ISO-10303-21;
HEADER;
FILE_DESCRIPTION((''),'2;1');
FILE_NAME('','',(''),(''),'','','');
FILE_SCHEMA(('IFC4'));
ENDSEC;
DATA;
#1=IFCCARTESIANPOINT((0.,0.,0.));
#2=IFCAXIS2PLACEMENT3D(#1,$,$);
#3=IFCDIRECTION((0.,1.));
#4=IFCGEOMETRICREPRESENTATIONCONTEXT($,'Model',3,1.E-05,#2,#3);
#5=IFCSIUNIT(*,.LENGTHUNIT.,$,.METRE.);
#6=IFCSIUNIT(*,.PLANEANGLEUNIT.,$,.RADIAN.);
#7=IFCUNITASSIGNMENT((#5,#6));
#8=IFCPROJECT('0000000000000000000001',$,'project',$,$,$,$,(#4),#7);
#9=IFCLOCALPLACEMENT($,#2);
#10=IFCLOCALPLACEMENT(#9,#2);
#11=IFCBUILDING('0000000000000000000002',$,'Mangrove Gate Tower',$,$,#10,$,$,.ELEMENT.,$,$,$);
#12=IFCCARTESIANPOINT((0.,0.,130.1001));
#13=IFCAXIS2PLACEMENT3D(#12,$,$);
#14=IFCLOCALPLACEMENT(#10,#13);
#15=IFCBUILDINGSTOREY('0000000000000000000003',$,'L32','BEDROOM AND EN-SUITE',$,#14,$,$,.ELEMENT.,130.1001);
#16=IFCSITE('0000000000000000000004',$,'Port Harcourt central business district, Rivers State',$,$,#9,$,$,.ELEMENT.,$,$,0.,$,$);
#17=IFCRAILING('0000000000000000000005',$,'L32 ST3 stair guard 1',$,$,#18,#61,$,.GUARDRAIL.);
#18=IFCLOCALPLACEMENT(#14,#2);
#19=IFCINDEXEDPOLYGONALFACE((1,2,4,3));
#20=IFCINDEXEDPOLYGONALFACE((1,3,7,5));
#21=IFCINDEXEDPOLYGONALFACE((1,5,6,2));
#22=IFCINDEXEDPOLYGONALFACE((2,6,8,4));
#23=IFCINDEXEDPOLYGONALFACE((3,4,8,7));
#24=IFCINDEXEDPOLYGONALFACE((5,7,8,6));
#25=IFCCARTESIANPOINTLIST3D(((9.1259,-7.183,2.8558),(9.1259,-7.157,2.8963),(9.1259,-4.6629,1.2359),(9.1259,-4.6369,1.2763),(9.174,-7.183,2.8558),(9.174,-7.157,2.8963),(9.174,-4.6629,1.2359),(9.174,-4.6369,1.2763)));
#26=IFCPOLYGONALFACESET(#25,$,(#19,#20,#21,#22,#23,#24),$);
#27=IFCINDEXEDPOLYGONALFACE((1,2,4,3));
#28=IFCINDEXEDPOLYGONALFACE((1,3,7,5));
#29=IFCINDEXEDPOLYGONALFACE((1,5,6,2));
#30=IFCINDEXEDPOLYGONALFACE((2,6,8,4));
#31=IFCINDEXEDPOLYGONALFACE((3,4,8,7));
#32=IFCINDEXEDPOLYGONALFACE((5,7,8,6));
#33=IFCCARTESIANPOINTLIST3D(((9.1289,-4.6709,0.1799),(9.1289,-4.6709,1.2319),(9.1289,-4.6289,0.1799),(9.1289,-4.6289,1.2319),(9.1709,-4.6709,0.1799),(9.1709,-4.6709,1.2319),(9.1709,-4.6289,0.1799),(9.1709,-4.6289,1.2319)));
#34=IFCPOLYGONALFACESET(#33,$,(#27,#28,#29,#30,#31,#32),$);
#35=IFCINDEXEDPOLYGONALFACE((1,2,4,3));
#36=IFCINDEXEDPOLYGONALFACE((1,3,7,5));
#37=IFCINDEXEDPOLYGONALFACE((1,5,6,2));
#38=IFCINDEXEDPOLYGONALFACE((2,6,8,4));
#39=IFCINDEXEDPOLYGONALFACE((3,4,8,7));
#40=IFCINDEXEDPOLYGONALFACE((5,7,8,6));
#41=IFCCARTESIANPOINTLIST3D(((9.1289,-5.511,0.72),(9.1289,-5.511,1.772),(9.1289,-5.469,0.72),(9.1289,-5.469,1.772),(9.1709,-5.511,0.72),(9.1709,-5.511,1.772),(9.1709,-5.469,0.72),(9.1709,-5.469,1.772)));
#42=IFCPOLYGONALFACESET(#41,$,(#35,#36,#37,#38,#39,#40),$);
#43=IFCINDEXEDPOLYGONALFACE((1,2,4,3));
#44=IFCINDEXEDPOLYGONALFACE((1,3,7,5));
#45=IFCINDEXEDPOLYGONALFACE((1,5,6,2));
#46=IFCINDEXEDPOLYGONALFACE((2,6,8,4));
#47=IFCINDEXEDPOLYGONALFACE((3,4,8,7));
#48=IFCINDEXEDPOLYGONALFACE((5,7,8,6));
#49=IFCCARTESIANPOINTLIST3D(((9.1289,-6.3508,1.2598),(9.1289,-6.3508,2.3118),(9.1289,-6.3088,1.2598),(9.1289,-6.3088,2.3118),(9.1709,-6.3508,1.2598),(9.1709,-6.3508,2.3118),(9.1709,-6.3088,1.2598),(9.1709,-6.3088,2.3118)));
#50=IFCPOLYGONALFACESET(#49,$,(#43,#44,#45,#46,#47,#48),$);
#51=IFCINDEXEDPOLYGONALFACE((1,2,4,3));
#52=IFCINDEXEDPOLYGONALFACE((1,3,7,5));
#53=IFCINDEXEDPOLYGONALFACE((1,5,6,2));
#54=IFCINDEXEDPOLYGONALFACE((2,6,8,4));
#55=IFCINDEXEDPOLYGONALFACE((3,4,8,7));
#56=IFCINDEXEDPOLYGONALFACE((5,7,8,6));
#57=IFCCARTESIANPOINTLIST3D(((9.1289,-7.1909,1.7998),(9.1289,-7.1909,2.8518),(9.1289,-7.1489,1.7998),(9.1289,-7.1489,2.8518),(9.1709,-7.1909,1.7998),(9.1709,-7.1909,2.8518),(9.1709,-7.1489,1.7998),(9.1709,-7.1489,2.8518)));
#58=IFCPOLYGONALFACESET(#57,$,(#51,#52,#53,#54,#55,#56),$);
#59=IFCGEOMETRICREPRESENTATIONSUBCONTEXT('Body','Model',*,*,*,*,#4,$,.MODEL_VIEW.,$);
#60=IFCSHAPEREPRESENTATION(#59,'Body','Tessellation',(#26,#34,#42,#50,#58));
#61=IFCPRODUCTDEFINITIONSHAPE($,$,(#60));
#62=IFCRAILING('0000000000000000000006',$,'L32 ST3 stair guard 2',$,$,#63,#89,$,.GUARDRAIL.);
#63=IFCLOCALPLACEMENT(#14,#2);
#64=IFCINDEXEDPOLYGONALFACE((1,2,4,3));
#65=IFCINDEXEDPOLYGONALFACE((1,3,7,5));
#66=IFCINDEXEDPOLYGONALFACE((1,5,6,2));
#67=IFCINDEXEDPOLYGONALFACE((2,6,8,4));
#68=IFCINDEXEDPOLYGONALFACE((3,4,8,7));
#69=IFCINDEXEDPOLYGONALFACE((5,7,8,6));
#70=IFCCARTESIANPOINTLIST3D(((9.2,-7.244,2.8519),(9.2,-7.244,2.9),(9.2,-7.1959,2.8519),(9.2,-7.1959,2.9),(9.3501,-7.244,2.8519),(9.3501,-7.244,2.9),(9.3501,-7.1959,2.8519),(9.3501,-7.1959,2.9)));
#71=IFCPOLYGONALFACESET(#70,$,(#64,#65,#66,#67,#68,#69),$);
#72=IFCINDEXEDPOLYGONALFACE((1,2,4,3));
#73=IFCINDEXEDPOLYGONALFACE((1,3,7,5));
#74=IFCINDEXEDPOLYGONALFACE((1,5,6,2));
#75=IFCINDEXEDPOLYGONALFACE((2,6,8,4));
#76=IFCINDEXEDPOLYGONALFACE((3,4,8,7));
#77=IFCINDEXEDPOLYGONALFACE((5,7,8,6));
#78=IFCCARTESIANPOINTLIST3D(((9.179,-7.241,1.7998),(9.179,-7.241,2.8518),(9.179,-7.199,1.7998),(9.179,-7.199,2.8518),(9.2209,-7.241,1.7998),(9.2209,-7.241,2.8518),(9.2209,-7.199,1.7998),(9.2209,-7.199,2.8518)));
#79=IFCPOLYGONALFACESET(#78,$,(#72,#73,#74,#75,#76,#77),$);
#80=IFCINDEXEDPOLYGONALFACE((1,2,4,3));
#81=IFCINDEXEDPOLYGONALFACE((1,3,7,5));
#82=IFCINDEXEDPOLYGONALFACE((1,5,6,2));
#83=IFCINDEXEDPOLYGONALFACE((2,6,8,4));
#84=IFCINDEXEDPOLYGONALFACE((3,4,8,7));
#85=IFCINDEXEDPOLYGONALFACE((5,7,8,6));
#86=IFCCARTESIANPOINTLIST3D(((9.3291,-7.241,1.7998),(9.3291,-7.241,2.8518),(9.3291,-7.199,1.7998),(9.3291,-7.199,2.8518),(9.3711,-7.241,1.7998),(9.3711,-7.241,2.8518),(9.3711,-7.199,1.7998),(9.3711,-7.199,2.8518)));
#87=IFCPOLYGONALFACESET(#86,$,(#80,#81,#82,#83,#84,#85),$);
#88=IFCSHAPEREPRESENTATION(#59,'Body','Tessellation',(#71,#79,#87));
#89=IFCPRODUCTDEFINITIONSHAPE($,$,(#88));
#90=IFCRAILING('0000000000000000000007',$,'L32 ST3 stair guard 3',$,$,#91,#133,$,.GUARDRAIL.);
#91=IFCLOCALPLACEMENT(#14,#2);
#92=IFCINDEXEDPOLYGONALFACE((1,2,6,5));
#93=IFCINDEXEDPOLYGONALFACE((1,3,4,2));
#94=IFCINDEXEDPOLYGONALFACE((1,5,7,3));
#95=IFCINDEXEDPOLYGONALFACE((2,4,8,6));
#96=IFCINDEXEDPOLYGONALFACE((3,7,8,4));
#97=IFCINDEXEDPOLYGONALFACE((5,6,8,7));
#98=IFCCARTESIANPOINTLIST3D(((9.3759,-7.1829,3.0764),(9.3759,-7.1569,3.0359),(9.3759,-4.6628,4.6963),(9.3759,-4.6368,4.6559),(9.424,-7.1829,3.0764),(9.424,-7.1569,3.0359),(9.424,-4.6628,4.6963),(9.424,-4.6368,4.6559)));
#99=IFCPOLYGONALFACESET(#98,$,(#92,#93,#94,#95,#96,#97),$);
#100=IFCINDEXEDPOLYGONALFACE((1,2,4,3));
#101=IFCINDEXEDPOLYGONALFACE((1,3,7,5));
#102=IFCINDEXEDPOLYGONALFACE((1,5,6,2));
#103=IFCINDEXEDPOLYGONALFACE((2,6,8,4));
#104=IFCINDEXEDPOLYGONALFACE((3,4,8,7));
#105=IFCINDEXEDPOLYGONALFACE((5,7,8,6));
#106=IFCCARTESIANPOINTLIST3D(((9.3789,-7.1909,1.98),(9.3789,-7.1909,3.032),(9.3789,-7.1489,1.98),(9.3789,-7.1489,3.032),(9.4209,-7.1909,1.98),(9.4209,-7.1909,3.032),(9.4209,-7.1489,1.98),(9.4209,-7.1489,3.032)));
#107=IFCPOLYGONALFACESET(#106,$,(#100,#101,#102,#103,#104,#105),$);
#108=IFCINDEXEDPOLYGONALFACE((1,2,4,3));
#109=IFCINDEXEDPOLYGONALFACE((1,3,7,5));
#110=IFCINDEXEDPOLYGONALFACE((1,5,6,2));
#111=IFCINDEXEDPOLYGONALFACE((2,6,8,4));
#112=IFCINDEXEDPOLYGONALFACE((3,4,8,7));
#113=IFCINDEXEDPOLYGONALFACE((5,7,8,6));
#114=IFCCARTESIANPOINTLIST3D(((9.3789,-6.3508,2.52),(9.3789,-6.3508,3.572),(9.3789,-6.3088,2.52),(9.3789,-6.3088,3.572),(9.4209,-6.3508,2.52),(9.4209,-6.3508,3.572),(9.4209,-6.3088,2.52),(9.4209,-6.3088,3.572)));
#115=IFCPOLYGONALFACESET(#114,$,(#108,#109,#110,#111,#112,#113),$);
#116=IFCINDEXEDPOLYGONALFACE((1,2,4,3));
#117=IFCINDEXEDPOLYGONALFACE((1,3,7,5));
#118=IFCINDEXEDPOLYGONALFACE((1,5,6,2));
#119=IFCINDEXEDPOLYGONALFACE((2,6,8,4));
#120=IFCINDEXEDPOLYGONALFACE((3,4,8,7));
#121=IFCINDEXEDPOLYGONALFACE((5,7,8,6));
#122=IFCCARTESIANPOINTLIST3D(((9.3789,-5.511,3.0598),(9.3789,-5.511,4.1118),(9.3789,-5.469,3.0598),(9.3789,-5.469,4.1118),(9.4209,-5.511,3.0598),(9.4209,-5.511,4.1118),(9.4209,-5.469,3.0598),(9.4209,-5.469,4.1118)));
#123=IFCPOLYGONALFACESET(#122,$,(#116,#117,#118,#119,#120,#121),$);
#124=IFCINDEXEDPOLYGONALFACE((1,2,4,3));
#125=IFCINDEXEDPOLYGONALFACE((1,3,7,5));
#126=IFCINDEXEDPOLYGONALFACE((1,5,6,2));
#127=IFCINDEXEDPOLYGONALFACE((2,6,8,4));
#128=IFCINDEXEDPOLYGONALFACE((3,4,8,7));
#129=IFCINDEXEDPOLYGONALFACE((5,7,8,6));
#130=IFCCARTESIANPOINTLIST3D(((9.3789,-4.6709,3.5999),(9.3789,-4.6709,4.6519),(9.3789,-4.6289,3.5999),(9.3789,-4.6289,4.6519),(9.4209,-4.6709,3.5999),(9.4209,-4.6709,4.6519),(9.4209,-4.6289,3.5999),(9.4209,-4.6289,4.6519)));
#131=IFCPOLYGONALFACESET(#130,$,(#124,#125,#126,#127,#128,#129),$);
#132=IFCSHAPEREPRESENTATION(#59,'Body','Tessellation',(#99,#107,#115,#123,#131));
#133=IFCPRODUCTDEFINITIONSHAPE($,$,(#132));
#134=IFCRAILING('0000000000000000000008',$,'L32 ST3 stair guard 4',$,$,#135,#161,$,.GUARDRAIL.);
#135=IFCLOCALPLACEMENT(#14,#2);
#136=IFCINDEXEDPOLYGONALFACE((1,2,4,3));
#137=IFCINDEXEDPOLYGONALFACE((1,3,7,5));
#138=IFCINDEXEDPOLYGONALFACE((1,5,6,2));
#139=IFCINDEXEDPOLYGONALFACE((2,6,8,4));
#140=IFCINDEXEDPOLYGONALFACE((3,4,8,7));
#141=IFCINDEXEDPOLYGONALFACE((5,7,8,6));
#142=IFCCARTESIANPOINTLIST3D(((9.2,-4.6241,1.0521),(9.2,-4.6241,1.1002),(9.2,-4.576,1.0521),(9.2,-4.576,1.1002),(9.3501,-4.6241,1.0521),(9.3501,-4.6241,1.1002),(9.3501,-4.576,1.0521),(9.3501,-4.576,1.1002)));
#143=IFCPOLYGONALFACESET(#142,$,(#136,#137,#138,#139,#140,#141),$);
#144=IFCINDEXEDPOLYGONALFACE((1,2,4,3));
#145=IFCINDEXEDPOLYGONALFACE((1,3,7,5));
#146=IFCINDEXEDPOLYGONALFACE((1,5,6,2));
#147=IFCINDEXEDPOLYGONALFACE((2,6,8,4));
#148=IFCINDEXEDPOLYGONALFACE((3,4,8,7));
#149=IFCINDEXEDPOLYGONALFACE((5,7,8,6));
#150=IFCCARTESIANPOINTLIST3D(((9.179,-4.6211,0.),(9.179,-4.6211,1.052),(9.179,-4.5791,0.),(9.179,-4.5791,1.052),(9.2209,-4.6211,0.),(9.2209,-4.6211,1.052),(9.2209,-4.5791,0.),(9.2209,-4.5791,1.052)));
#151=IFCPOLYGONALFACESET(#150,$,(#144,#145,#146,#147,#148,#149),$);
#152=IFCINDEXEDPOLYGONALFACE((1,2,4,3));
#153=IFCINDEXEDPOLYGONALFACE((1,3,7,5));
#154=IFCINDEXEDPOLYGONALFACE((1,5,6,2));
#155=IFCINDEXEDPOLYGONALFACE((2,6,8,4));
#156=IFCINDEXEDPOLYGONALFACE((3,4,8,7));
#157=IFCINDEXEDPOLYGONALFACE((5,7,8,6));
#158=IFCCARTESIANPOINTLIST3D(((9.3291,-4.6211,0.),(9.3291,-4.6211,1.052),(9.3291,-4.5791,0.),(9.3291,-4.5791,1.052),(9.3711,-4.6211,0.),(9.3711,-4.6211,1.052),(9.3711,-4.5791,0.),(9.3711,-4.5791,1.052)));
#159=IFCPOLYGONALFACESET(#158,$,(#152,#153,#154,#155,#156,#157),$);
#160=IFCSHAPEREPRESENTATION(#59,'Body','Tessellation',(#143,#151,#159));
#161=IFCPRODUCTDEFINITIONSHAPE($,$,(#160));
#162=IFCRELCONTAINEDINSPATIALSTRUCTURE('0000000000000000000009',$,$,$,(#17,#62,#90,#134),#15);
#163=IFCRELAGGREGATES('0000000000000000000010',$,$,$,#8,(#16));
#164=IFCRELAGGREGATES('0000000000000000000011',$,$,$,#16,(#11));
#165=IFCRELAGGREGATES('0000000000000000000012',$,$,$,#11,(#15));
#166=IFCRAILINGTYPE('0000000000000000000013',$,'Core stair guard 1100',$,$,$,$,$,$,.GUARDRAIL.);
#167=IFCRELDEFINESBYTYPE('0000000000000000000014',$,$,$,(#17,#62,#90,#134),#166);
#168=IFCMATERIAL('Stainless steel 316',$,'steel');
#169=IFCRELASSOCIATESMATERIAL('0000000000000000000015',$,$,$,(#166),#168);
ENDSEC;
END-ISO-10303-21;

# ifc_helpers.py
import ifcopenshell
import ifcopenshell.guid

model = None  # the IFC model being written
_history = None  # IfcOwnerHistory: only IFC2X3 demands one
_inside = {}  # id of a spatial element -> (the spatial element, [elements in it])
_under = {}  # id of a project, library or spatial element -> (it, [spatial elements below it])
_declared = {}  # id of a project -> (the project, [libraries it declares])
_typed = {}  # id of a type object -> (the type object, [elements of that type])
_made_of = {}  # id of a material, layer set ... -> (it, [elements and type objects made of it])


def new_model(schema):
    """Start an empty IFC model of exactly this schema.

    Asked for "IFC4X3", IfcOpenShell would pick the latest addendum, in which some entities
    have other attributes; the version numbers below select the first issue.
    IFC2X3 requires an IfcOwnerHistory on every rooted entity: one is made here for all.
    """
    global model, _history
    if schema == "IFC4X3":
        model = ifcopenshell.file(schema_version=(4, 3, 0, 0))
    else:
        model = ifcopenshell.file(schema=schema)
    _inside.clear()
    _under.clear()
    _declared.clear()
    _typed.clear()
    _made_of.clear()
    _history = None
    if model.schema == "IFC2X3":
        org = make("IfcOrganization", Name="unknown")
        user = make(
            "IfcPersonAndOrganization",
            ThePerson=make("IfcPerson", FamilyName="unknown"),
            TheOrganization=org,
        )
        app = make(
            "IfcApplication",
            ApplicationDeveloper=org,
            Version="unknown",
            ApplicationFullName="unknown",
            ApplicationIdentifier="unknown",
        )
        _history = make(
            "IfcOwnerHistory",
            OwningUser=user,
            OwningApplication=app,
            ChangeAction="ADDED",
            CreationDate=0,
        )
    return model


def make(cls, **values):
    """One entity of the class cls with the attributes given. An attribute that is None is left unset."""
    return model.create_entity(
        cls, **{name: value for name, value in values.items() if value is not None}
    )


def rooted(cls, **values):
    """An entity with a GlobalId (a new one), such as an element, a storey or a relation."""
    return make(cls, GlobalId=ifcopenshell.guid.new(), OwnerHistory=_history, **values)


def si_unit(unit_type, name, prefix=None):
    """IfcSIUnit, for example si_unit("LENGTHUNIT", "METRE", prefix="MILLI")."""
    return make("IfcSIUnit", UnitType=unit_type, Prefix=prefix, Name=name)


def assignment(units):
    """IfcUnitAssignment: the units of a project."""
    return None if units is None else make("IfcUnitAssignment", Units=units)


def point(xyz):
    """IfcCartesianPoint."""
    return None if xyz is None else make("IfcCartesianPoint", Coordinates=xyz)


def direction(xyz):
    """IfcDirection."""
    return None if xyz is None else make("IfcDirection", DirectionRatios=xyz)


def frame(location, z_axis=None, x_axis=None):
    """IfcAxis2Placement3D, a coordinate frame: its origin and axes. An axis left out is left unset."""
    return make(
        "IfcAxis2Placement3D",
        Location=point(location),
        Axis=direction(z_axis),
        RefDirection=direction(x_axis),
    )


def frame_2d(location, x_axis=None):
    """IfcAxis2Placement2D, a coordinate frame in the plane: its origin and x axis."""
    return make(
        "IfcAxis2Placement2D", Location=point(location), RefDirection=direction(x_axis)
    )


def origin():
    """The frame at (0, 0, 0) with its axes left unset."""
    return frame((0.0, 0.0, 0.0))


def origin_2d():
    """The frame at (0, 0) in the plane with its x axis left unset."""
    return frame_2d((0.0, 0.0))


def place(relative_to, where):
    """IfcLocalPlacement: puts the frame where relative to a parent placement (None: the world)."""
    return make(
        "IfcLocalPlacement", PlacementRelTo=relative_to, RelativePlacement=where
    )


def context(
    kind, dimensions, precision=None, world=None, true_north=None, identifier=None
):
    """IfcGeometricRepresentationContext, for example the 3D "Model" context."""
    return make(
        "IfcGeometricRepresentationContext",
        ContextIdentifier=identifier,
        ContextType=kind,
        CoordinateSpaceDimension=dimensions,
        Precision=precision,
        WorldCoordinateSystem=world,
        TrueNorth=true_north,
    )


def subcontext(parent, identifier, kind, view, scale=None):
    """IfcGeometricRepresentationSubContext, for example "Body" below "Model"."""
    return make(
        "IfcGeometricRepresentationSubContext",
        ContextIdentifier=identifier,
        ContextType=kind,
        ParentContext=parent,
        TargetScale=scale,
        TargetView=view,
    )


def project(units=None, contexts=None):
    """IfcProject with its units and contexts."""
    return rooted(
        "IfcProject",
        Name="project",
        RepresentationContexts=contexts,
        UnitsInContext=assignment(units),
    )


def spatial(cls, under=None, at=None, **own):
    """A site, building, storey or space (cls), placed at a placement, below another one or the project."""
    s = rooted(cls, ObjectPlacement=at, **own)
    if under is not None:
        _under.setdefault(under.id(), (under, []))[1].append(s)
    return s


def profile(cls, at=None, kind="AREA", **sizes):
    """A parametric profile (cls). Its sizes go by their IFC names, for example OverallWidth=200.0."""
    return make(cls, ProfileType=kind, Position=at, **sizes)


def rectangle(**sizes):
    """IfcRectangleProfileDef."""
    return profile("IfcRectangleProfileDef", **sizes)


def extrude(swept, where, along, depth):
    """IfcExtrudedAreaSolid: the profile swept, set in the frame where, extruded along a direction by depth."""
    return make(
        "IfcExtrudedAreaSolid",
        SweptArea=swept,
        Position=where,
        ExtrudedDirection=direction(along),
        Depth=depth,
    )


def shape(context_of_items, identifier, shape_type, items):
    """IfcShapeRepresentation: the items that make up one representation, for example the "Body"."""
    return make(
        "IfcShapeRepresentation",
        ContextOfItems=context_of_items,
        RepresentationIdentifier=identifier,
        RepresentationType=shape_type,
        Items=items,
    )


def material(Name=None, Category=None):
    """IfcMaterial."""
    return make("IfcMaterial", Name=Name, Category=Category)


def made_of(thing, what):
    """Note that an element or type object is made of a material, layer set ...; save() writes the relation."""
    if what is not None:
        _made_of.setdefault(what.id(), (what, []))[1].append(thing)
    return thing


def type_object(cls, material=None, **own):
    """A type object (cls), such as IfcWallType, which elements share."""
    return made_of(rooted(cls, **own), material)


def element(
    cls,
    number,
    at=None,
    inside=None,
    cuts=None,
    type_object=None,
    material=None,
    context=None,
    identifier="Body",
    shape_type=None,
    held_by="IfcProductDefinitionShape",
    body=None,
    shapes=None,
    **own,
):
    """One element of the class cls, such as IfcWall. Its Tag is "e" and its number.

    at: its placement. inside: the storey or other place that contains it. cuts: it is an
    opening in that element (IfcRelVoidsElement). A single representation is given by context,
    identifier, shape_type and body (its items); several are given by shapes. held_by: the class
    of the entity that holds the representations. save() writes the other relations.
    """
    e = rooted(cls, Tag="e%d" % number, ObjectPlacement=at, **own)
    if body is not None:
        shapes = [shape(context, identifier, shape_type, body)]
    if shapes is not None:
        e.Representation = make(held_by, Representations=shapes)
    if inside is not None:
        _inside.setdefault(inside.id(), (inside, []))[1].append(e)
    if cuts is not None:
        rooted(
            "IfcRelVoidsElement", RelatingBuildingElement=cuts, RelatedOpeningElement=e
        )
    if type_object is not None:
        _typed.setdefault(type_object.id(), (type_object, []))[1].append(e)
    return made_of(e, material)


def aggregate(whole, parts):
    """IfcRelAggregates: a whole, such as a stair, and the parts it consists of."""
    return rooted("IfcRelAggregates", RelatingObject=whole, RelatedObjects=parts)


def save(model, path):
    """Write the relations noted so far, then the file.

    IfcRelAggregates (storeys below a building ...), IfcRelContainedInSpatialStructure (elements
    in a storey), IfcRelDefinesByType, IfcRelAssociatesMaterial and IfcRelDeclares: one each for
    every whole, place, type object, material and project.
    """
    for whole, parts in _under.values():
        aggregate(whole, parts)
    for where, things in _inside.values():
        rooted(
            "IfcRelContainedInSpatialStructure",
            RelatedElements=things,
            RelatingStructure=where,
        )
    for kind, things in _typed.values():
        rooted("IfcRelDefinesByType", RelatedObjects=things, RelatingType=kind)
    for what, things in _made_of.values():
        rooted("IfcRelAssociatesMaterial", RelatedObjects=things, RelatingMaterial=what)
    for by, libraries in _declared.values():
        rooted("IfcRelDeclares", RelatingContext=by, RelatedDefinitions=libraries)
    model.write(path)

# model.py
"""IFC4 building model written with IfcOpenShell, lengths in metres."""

from ifc_helpers import new_model, si_unit, direction, frame, origin, origin_2d, place, context, subcontext, project, spatial, rectangle, extrude, material, type_object, element, save


model = new_model("IFC4")

# Units and contexts
model_context = context("Model", 3, precision=1e-05, world=origin(), true_north=direction((0.0, 1.0)))
body_context = subcontext(model_context, "Body", "Model", "MODEL_VIEW")
ifc_project = project(units=[si_unit("LENGTHUNIT", "METRE"), si_unit("PLANEANGLEUNIT", "RADIAN")], contexts=[model_context])

# Site, building, storey
site_placement = place(None, origin())
site = spatial("IfcSite", under=ifc_project, at=site_placement, Name="Port Harcourt central business district, Rivers State", CompositionType="ELEMENT", RefElevation=0.0)
building_placement = place(site_placement, origin())
building = spatial("IfcBuilding", under=site, at=building_placement, Name="Mangrove Gate Tower", CompositionType="ELEMENT")
storey_placement = place(building_placement, frame((0.0, 0.0, 130.1001)))
storey = spatial("IfcBuildingStorey", under=building, at=storey_placement, Name="L32", Description="BEDROOM AND EN-SUITE", CompositionType="ELEMENT", Elevation=130.1001)

# Railings
ifc_material_1 = material(Name="Stainless steel 316", Category="steel")
railing_type_1 = type_object("IfcRailingType", Name="Core stair guard 1100", PredefinedType="GUARDRAIL", material=ifc_material_1)
railing_1_placement = place(storey_placement, frame((9.1499, -4.6499, 0.1799)))
element("IfcRailing", 1, at=railing_1_placement, inside=storey, type_object=railing_type_1, Name="L32 ST3 stair guard 1", PredefinedType="GUARDRAIL", context=body_context, shape_type="SweptSolid", body=[
    extrude(rectangle(XDim=0.0481, YDim=0.0481, at=origin_2d()), frame((0.0, 0.0, 1.0762), z_axis=(0.0, -0.8412, 0.540725), x_axis=(1.0, 0.0, 0.0)), (0.0, 0.0, 1.0), 2.9958),
    extrude(rectangle(XDim=0.042, YDim=0.042, at=origin_2d()), origin(), (0.0, 0.0, 1.0), 1.052),
    extrude(rectangle(XDim=0.042, YDim=0.042, at=origin_2d()), frame((0.0, -0.8401, 0.54)), (0.0, 0.0, 1.0), 1.052),
    extrude(rectangle(XDim=0.042, YDim=0.042, at=origin_2d()), frame((0.0, -1.6799, 1.0798)), (0.0, 0.0, 1.0), 1.052),
    extrude(rectangle(XDim=0.042, YDim=0.042, at=origin_2d()), frame((0.0, -2.52, 1.6199)), (0.0, 0.0, 1.0), 1.052),
])
railing_2_placement = place(storey_placement, frame((9.2, -7.22, 1.7998)))
element("IfcRailing", 2, at=railing_2_placement, inside=storey, type_object=railing_type_1, Name="L32 ST3 stair guard 2", PredefinedType="GUARDRAIL", context=body_context, shape_type="SweptSolid", body=[
    extrude(rectangle(XDim=0.0481, YDim=0.0481, at=origin_2d()), frame((0.0, 0.0, 1.0762), z_axis=(1.0, 0.0, 0.0), x_axis=(0.0, 1.0, 0.0)), (0.0, 0.0, 1.0), 0.1501),
    extrude(rectangle(XDim=0.042, YDim=0.042, at=origin_2d()), origin(), (0.0, 0.0, 1.0), 1.052),
    extrude(rectangle(XDim=0.042, YDim=0.042, at=origin_2d()), frame((0.1501, 0.0, 0.0)), (0.0, 0.0, 1.0), 1.052),
])
railing_3_placement = place(storey_placement, frame((9.3999, -7.1699, 1.98)))
element("IfcRailing", 3, at=railing_3_placement, inside=storey, type_object=railing_type_1, Name="L32 ST3 stair guard 3", PredefinedType="GUARDRAIL", context=body_context, shape_type="SweptSolid", body=[
    extrude(rectangle(XDim=0.0481, YDim=0.0481, at=origin_2d()), frame((0.0, 0.0, 1.0762), z_axis=(0.0, 0.8412, 0.540725), x_axis=(-1.0, 0.0, 0.0)), (0.0, 0.0, 1.0), 2.9958),
    extrude(rectangle(XDim=0.042, YDim=0.042, at=origin_2d()), origin(), (0.0, 0.0, 1.0), 1.052),
    extrude(rectangle(XDim=0.042, YDim=0.042, at=origin_2d()), frame((0.0, 0.8401, 0.54)), (0.0, 0.0, 1.0), 1.052),
    extrude(rectangle(XDim=0.042, YDim=0.042, at=origin_2d()), frame((0.0, 1.6799, 1.0798)), (0.0, 0.0, 1.0), 1.052),
    extrude(rectangle(XDim=0.042, YDim=0.042, at=origin_2d()), frame((0.0, 2.52, 1.6199)), (0.0, 0.0, 1.0), 1.052),
])
railing_4_placement = place(storey_placement, frame((9.2, -4.6001, 0.0)))
element("IfcRailing", 4, at=railing_4_placement, inside=storey, type_object=railing_type_1, Name="L32 ST3 stair guard 4", PredefinedType="GUARDRAIL", context=body_context, shape_type="SweptSolid", body=[
    extrude(rectangle(XDim=0.0481, YDim=0.0481, at=origin_2d()), frame((0.0, 0.0, 1.0762), z_axis=(1.0, 0.0, 0.0), x_axis=(0.0, 1.0, 0.0)), (0.0, 0.0, 1.0), 0.1501),
    extrude(rectangle(XDim=0.042, YDim=0.042, at=origin_2d()), origin(), (0.0, 0.0, 1.0), 1.052),
    extrude(rectangle(XDim=0.042, YDim=0.042, at=origin_2d()), frame((0.1501, 0.0, 0.0)), (0.0, 0.0, 1.0), 1.052),
])

save(model, "model.ifc")
